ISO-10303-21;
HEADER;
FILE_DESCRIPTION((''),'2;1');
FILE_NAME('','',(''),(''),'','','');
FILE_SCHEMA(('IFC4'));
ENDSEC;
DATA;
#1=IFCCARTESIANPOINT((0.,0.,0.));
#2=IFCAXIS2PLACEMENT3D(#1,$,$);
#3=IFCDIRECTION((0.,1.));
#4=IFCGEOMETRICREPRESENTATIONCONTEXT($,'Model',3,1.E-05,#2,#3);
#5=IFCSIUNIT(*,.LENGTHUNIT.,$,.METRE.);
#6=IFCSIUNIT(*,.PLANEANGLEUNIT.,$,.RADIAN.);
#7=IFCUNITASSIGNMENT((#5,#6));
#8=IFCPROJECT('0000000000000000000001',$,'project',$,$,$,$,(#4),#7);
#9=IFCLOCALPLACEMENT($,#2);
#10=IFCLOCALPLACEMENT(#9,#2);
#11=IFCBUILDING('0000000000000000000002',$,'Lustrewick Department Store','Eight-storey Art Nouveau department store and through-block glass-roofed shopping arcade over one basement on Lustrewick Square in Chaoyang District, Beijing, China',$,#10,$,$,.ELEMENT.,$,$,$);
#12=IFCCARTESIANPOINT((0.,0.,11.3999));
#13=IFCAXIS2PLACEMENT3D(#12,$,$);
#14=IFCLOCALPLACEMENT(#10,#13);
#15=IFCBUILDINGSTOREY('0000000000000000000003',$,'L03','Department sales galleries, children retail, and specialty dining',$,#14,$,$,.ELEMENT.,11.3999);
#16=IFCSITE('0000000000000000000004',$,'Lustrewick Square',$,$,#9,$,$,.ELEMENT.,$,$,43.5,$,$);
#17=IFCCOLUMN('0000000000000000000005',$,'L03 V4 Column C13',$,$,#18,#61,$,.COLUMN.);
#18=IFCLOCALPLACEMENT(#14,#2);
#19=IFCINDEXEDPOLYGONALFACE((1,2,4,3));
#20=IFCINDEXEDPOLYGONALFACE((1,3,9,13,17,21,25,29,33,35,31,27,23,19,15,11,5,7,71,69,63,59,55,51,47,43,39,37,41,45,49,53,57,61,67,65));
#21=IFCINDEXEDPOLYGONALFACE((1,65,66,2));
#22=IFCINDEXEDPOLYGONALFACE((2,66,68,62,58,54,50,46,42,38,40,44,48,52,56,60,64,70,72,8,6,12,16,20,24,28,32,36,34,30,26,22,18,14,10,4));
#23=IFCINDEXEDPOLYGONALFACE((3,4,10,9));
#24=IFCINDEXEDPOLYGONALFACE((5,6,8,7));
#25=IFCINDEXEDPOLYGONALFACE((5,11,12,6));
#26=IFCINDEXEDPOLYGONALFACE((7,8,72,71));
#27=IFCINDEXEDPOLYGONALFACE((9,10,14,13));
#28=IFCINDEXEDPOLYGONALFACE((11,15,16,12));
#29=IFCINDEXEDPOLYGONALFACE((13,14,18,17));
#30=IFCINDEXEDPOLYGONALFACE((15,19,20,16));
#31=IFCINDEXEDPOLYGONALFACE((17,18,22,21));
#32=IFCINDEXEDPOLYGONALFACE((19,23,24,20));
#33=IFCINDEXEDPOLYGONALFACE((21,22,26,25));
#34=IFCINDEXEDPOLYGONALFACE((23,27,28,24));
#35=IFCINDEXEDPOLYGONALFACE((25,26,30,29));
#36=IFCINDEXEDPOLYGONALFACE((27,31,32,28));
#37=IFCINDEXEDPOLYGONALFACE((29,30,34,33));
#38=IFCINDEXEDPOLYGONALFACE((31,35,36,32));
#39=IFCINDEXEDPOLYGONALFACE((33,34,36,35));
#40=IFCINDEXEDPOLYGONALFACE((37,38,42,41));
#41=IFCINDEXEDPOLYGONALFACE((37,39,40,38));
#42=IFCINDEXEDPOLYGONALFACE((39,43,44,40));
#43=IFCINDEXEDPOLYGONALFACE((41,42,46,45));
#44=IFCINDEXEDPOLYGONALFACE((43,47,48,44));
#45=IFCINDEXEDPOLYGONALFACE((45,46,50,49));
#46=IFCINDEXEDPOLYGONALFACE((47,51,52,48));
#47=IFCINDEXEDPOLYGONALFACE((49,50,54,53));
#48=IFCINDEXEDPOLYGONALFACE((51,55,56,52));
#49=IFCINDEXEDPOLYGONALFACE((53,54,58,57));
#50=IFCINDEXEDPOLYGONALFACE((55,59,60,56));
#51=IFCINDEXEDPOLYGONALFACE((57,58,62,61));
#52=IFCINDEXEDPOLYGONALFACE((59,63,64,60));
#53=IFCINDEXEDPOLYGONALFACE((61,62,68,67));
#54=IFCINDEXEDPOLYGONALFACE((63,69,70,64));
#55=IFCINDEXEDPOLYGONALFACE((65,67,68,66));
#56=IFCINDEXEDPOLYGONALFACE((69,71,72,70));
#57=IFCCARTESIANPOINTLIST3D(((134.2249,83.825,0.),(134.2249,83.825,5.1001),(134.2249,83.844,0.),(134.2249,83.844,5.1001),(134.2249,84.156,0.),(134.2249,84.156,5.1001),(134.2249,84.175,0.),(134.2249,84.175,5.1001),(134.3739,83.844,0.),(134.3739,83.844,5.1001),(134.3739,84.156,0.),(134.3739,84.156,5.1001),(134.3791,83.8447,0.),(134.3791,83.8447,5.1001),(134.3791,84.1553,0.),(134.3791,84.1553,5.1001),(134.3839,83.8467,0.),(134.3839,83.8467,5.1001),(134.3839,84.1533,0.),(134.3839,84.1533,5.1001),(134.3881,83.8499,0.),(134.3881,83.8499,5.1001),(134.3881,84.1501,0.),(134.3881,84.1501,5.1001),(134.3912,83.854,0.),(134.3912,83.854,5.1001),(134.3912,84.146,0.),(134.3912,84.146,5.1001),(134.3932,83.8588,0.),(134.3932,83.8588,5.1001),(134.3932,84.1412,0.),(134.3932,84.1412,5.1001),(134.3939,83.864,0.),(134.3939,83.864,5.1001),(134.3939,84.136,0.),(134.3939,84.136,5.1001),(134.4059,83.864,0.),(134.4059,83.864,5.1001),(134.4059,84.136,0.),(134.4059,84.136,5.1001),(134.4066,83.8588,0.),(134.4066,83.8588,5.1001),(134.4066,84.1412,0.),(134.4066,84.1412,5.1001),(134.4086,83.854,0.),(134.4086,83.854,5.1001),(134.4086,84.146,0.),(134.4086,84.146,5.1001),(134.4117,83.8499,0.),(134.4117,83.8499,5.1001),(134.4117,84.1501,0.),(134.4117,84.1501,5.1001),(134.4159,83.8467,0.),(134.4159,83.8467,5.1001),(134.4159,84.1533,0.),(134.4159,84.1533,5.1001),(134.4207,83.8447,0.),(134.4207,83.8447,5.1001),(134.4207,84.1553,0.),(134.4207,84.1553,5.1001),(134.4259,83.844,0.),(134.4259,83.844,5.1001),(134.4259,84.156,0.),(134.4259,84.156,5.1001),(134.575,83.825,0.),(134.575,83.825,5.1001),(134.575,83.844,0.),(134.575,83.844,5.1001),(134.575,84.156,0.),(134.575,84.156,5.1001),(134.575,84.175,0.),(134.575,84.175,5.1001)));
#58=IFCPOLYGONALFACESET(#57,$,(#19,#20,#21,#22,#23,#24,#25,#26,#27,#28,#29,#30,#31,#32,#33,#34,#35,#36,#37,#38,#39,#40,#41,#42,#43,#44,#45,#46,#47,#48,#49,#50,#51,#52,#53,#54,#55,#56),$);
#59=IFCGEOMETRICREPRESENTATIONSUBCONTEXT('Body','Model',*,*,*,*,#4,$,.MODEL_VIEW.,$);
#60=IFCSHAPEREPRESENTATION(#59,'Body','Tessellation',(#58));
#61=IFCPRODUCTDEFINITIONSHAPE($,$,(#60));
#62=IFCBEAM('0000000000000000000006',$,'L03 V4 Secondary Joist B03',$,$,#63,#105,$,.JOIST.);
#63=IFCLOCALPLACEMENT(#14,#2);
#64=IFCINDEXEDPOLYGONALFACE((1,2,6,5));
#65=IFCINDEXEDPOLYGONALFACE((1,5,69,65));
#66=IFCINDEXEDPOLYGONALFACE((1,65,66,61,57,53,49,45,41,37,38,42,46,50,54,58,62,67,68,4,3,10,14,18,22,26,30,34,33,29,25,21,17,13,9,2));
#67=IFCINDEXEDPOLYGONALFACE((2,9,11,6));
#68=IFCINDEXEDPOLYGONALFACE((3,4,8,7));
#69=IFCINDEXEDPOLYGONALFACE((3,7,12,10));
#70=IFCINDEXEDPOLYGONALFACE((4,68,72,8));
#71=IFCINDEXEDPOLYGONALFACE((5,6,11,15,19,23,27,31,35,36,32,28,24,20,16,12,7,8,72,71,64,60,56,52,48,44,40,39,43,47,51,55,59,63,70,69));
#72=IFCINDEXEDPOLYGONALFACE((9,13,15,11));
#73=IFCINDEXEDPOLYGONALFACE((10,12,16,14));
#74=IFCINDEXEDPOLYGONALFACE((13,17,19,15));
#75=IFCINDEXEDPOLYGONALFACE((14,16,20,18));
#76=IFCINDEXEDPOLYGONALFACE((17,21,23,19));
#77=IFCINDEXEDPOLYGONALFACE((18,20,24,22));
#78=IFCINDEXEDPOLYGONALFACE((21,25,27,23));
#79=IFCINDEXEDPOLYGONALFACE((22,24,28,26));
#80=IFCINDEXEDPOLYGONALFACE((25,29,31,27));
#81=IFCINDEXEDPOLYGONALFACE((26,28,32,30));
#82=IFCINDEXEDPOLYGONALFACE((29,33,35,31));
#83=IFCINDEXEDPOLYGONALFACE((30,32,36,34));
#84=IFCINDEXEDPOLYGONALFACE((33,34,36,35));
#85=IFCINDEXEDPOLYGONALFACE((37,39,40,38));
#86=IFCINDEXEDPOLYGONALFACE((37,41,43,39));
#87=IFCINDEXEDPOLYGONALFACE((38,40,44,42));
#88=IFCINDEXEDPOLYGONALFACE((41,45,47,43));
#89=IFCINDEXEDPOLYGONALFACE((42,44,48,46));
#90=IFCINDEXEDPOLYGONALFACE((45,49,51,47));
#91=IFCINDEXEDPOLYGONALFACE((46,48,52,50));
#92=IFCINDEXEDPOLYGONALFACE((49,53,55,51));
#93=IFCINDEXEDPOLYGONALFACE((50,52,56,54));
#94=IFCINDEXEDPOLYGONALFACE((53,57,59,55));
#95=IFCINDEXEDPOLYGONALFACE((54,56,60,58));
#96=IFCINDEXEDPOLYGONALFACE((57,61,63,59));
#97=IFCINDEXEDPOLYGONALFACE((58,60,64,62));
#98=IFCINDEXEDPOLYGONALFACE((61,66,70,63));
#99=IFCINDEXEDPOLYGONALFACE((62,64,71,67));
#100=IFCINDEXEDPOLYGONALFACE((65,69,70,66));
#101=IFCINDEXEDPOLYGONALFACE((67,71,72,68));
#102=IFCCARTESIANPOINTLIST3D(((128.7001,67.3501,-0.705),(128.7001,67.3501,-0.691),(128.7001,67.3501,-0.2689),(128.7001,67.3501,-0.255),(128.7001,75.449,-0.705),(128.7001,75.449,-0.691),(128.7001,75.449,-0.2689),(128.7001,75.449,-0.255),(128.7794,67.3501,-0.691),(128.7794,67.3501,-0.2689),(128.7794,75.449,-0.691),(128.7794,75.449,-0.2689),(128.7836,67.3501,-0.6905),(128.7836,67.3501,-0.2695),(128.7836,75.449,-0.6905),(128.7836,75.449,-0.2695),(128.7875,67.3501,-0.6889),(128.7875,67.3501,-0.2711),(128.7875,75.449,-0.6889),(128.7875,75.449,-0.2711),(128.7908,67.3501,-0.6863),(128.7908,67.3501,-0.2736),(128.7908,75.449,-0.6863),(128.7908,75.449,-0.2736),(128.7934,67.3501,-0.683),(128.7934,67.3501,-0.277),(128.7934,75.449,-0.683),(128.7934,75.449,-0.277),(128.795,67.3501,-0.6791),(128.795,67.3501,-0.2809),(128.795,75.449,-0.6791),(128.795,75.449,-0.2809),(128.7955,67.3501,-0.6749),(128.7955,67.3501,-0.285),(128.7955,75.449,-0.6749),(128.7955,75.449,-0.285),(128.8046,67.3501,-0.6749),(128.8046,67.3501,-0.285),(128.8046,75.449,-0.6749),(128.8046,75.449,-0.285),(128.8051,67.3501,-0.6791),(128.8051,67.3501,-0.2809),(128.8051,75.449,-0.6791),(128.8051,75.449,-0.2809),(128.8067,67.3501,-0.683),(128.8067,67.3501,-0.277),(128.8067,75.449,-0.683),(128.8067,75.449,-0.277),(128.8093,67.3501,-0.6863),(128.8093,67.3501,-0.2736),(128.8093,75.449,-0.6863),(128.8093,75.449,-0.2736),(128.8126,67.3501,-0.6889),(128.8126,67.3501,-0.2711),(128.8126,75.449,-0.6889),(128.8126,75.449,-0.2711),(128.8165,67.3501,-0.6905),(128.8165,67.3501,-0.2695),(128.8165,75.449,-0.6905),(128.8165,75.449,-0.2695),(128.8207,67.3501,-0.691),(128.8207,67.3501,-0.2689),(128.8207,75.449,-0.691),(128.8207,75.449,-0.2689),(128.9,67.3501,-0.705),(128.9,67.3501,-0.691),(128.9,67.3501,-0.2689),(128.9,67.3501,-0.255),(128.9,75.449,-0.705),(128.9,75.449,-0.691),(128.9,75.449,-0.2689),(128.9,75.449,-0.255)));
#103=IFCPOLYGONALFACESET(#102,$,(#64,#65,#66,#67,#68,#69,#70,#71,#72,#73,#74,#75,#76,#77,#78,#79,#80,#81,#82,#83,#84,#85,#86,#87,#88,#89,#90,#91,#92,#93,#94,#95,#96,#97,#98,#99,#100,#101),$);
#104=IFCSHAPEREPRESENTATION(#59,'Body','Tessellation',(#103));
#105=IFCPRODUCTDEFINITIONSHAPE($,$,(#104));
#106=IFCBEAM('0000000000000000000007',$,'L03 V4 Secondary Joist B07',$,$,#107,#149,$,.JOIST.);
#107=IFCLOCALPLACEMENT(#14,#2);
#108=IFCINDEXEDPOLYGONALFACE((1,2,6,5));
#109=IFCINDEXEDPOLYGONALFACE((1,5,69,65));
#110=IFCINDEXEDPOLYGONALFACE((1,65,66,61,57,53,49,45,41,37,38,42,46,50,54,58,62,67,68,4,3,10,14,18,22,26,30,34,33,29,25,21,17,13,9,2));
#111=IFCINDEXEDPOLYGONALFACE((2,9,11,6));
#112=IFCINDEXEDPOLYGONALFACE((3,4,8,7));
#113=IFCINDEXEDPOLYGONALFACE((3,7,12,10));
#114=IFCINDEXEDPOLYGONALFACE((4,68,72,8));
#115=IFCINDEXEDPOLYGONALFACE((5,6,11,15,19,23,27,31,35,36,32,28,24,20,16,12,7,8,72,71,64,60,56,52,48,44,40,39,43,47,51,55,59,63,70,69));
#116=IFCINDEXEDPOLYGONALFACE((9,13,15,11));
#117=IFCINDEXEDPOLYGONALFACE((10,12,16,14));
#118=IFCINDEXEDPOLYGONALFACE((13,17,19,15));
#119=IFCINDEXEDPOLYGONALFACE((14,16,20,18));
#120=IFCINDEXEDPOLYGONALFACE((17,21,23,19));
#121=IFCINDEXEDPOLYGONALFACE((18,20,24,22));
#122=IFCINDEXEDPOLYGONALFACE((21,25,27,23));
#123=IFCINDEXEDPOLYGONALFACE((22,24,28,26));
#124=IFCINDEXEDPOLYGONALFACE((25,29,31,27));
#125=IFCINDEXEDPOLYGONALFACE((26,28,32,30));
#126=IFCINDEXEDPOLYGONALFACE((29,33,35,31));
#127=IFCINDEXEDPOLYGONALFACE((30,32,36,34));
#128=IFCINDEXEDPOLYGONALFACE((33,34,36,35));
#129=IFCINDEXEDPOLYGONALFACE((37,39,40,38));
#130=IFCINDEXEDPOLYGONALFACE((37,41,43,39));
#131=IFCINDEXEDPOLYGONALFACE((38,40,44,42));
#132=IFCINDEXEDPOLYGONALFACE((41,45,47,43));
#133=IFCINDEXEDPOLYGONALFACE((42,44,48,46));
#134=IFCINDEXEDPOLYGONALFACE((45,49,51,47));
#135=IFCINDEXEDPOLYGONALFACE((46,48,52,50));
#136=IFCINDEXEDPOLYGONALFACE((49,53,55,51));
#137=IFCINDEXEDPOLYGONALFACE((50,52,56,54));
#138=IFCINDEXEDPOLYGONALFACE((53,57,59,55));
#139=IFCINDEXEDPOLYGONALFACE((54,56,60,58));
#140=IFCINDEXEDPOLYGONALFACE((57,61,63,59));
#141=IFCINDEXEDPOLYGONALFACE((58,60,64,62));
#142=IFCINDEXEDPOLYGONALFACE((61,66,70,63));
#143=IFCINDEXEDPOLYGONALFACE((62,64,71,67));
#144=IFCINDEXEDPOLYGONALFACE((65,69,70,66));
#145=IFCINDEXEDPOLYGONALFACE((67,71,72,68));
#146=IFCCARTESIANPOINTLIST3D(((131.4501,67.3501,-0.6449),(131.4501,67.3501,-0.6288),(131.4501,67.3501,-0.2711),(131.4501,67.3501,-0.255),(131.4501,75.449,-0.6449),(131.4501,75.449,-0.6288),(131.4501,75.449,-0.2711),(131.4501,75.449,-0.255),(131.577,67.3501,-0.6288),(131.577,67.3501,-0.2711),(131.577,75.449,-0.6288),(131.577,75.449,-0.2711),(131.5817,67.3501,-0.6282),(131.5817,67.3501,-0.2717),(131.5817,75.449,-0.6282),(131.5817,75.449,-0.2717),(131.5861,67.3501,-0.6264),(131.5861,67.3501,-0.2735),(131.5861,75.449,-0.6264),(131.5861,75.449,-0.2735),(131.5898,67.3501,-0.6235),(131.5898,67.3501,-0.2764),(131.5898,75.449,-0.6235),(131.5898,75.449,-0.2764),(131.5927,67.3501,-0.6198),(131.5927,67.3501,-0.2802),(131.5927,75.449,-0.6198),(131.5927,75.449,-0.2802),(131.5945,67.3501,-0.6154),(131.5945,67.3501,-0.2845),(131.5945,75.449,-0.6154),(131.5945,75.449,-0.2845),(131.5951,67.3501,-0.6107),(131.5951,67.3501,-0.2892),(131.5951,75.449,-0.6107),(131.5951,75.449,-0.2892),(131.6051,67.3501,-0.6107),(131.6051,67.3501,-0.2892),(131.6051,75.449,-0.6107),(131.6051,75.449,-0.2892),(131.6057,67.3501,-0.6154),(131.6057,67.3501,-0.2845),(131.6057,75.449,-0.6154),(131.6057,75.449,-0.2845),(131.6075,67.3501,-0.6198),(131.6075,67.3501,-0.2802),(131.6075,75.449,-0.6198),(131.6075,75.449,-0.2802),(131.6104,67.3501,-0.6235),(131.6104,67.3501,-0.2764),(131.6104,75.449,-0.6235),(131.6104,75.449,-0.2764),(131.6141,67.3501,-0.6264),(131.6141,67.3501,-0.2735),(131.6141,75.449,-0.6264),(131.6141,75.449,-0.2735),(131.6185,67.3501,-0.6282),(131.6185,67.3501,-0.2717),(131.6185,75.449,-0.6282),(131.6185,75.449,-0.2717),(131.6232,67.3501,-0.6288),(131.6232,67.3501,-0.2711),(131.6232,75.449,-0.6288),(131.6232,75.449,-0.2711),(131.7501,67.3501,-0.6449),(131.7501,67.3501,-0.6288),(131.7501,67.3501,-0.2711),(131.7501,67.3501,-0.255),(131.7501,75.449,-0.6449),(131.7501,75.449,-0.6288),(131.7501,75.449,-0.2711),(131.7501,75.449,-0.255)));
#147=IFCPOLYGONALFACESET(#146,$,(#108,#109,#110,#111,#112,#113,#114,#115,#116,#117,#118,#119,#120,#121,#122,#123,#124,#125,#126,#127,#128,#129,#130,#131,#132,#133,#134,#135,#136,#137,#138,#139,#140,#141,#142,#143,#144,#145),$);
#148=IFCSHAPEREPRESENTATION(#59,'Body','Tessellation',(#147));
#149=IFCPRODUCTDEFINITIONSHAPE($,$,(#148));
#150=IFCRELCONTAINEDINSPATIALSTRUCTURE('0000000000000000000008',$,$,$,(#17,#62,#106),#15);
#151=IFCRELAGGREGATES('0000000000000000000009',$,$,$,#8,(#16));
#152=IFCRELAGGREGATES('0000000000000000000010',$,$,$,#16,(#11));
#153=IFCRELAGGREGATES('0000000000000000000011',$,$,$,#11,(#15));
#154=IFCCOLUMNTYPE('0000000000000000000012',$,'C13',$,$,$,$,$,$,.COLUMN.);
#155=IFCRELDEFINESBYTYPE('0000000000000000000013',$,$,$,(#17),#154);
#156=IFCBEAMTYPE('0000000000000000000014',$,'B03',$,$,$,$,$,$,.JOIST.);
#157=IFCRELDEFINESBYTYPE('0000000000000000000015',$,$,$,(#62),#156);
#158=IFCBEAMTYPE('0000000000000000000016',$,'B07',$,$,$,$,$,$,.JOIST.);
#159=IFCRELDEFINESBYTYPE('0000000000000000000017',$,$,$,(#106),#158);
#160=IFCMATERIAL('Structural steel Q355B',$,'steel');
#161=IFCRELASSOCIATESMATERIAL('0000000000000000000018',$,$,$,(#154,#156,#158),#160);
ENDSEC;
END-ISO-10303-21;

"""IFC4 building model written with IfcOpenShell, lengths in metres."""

from ifc_helpers import new_model, si_unit, direction, frame, origin, origin_2d, place, context, subcontext, project, spatial, i_section, extrude, material, material_profile, profile_set, type_object, element, save


model = new_model("IFC4")

# Units and contexts
model_context = context("Model", 3, precision=1e-05, world=origin(), true_north=direction((0.0, 1.0)))
body_context = subcontext(model_context, "Body", "Model", "MODEL_VIEW")
ifc_project = project(units=[si_unit("LENGTHUNIT", "METRE"), si_unit("PLANEANGLEUNIT", "RADIAN")], contexts=[model_context])

# Site, building, storey
site_placement = place(None, origin())
site = spatial("IfcSite", under=ifc_project, at=site_placement, Name="Lustrewick Square", CompositionType="ELEMENT", RefElevation=43.5)
building_placement = place(site_placement, origin())
building = spatial("IfcBuilding", under=site, at=building_placement, Name="Lustrewick Department Store", Description="Eight-storey Art Nouveau department store and through-block glass-roofed shopping arcade over one basement on Lustrewick Square in Chaoyang District, Beijing, China", CompositionType="ELEMENT")
storey_placement = place(building_placement, frame((0.0, 0.0, 11.3999)))
storey = spatial("IfcBuildingStorey", under=building, at=storey_placement, Name="L03", Description="Department sales galleries, children retail, and specialty dining", CompositionType="ELEMENT", Elevation=11.3999)

# Column
ifc_material_1 = material(Name="Structural steel Q355B", Category="steel")
ifc_material_profile_1 = material_profile(ifc_material_1, i_section(OverallWidth=0.3501, OverallDepth=0.3501, WebThickness=0.012, FlangeThickness=0.019, FilletRadius=0.02, at=origin_2d()), Name="HW 350x350x12x19")
ifc_profile_set_1 = profile_set([ifc_material_profile_1], Name="Structural steel Q355B")
column_type_1 = type_object("IfcColumnType", Name="C13", PredefinedType="COLUMN", material=ifc_profile_set_1)
for number, where, z_axis, x_axis, name in (
    (1, (134.3999, 84.0, 0.0), (0.0, 0.0, 1.0), (1.0, 0.0, 0.0), "L03 V4 Column C13"),
):
    element("IfcColumn", number, at=place(storey_placement, frame(where, z_axis=z_axis, x_axis=x_axis)), inside=storey, type_object=column_type_1, Name=name, PredefinedType="COLUMN", context=body_context, shape_type="SweptSolid", body=[
        extrude(i_section(OverallWidth=0.3501, OverallDepth=0.3501, WebThickness=0.012, FlangeThickness=0.019, FilletRadius=0.02, at=origin_2d()), origin(), (0.0, 0.0, 1.0), 5.1001),
    ])

# Beams
ifc_material_profile_2 = material_profile(ifc_material_1, i_section(OverallWidth=0.2, OverallDepth=0.45, WebThickness=0.009, FlangeThickness=0.0139, FilletRadius=0.0161, at=origin_2d()), Name="HN 450x200x9x14")
ifc_profile_set_2 = profile_set([ifc_material_profile_2], Name="Structural steel Q355B")
beam_type_1 = type_object("IfcBeamType", Name="B03", PredefinedType="JOIST", material=ifc_profile_set_2)
beam_1_placement = place(storey_placement, frame((128.8, 67.3501, -0.48), z_axis=(0.0, 1.0, 0.0), x_axis=(-1.0, 0.0, 0.0)))
element("IfcBeam", 2, at=beam_1_placement, inside=storey, type_object=beam_type_1, Name="L03 V4 Secondary Joist B03", PredefinedType="JOIST", context=body_context, shape_type="SweptSolid", body=[
    extrude(i_section(OverallWidth=0.2, OverallDepth=0.45, WebThickness=0.009, FlangeThickness=0.0139, FilletRadius=0.0161, at=origin_2d()), origin(), (0.0, 0.0, 1.0), 8.0989),
])
ifc_material_profile_3 = material_profile(ifc_material_1, i_section(OverallWidth=0.3, OverallDepth=0.3899, WebThickness=0.01, FlangeThickness=0.0161, FilletRadius=0.0181, at=origin_2d()), Name="HM 390x300x10x16")
ifc_profile_set_3 = profile_set([ifc_material_profile_3], Name="Structural steel Q355B")
beam_type_2 = type_object("IfcBeamType", Name="B07", PredefinedType="JOIST", material=ifc_profile_set_3)
beam_2_placement = place(storey_placement, frame((131.6001, 67.3501, -0.45), z_axis=(0.0, 1.0, 0.0), x_axis=(-1.0, 0.0, 0.0)))
element("IfcBeam", 3, at=beam_2_placement, inside=storey, type_object=beam_type_2, Name="L03 V4 Secondary Joist B07", PredefinedType="JOIST", context=body_context, shape_type="SweptSolid", body=[
    extrude(i_section(OverallWidth=0.3, OverallDepth=0.3899, WebThickness=0.01, FlangeThickness=0.0161, FilletRadius=0.0181, at=origin_2d()), origin(), (0.0, 0.0, 1.0), 8.0989),
])

save(model, "model.ifc")
